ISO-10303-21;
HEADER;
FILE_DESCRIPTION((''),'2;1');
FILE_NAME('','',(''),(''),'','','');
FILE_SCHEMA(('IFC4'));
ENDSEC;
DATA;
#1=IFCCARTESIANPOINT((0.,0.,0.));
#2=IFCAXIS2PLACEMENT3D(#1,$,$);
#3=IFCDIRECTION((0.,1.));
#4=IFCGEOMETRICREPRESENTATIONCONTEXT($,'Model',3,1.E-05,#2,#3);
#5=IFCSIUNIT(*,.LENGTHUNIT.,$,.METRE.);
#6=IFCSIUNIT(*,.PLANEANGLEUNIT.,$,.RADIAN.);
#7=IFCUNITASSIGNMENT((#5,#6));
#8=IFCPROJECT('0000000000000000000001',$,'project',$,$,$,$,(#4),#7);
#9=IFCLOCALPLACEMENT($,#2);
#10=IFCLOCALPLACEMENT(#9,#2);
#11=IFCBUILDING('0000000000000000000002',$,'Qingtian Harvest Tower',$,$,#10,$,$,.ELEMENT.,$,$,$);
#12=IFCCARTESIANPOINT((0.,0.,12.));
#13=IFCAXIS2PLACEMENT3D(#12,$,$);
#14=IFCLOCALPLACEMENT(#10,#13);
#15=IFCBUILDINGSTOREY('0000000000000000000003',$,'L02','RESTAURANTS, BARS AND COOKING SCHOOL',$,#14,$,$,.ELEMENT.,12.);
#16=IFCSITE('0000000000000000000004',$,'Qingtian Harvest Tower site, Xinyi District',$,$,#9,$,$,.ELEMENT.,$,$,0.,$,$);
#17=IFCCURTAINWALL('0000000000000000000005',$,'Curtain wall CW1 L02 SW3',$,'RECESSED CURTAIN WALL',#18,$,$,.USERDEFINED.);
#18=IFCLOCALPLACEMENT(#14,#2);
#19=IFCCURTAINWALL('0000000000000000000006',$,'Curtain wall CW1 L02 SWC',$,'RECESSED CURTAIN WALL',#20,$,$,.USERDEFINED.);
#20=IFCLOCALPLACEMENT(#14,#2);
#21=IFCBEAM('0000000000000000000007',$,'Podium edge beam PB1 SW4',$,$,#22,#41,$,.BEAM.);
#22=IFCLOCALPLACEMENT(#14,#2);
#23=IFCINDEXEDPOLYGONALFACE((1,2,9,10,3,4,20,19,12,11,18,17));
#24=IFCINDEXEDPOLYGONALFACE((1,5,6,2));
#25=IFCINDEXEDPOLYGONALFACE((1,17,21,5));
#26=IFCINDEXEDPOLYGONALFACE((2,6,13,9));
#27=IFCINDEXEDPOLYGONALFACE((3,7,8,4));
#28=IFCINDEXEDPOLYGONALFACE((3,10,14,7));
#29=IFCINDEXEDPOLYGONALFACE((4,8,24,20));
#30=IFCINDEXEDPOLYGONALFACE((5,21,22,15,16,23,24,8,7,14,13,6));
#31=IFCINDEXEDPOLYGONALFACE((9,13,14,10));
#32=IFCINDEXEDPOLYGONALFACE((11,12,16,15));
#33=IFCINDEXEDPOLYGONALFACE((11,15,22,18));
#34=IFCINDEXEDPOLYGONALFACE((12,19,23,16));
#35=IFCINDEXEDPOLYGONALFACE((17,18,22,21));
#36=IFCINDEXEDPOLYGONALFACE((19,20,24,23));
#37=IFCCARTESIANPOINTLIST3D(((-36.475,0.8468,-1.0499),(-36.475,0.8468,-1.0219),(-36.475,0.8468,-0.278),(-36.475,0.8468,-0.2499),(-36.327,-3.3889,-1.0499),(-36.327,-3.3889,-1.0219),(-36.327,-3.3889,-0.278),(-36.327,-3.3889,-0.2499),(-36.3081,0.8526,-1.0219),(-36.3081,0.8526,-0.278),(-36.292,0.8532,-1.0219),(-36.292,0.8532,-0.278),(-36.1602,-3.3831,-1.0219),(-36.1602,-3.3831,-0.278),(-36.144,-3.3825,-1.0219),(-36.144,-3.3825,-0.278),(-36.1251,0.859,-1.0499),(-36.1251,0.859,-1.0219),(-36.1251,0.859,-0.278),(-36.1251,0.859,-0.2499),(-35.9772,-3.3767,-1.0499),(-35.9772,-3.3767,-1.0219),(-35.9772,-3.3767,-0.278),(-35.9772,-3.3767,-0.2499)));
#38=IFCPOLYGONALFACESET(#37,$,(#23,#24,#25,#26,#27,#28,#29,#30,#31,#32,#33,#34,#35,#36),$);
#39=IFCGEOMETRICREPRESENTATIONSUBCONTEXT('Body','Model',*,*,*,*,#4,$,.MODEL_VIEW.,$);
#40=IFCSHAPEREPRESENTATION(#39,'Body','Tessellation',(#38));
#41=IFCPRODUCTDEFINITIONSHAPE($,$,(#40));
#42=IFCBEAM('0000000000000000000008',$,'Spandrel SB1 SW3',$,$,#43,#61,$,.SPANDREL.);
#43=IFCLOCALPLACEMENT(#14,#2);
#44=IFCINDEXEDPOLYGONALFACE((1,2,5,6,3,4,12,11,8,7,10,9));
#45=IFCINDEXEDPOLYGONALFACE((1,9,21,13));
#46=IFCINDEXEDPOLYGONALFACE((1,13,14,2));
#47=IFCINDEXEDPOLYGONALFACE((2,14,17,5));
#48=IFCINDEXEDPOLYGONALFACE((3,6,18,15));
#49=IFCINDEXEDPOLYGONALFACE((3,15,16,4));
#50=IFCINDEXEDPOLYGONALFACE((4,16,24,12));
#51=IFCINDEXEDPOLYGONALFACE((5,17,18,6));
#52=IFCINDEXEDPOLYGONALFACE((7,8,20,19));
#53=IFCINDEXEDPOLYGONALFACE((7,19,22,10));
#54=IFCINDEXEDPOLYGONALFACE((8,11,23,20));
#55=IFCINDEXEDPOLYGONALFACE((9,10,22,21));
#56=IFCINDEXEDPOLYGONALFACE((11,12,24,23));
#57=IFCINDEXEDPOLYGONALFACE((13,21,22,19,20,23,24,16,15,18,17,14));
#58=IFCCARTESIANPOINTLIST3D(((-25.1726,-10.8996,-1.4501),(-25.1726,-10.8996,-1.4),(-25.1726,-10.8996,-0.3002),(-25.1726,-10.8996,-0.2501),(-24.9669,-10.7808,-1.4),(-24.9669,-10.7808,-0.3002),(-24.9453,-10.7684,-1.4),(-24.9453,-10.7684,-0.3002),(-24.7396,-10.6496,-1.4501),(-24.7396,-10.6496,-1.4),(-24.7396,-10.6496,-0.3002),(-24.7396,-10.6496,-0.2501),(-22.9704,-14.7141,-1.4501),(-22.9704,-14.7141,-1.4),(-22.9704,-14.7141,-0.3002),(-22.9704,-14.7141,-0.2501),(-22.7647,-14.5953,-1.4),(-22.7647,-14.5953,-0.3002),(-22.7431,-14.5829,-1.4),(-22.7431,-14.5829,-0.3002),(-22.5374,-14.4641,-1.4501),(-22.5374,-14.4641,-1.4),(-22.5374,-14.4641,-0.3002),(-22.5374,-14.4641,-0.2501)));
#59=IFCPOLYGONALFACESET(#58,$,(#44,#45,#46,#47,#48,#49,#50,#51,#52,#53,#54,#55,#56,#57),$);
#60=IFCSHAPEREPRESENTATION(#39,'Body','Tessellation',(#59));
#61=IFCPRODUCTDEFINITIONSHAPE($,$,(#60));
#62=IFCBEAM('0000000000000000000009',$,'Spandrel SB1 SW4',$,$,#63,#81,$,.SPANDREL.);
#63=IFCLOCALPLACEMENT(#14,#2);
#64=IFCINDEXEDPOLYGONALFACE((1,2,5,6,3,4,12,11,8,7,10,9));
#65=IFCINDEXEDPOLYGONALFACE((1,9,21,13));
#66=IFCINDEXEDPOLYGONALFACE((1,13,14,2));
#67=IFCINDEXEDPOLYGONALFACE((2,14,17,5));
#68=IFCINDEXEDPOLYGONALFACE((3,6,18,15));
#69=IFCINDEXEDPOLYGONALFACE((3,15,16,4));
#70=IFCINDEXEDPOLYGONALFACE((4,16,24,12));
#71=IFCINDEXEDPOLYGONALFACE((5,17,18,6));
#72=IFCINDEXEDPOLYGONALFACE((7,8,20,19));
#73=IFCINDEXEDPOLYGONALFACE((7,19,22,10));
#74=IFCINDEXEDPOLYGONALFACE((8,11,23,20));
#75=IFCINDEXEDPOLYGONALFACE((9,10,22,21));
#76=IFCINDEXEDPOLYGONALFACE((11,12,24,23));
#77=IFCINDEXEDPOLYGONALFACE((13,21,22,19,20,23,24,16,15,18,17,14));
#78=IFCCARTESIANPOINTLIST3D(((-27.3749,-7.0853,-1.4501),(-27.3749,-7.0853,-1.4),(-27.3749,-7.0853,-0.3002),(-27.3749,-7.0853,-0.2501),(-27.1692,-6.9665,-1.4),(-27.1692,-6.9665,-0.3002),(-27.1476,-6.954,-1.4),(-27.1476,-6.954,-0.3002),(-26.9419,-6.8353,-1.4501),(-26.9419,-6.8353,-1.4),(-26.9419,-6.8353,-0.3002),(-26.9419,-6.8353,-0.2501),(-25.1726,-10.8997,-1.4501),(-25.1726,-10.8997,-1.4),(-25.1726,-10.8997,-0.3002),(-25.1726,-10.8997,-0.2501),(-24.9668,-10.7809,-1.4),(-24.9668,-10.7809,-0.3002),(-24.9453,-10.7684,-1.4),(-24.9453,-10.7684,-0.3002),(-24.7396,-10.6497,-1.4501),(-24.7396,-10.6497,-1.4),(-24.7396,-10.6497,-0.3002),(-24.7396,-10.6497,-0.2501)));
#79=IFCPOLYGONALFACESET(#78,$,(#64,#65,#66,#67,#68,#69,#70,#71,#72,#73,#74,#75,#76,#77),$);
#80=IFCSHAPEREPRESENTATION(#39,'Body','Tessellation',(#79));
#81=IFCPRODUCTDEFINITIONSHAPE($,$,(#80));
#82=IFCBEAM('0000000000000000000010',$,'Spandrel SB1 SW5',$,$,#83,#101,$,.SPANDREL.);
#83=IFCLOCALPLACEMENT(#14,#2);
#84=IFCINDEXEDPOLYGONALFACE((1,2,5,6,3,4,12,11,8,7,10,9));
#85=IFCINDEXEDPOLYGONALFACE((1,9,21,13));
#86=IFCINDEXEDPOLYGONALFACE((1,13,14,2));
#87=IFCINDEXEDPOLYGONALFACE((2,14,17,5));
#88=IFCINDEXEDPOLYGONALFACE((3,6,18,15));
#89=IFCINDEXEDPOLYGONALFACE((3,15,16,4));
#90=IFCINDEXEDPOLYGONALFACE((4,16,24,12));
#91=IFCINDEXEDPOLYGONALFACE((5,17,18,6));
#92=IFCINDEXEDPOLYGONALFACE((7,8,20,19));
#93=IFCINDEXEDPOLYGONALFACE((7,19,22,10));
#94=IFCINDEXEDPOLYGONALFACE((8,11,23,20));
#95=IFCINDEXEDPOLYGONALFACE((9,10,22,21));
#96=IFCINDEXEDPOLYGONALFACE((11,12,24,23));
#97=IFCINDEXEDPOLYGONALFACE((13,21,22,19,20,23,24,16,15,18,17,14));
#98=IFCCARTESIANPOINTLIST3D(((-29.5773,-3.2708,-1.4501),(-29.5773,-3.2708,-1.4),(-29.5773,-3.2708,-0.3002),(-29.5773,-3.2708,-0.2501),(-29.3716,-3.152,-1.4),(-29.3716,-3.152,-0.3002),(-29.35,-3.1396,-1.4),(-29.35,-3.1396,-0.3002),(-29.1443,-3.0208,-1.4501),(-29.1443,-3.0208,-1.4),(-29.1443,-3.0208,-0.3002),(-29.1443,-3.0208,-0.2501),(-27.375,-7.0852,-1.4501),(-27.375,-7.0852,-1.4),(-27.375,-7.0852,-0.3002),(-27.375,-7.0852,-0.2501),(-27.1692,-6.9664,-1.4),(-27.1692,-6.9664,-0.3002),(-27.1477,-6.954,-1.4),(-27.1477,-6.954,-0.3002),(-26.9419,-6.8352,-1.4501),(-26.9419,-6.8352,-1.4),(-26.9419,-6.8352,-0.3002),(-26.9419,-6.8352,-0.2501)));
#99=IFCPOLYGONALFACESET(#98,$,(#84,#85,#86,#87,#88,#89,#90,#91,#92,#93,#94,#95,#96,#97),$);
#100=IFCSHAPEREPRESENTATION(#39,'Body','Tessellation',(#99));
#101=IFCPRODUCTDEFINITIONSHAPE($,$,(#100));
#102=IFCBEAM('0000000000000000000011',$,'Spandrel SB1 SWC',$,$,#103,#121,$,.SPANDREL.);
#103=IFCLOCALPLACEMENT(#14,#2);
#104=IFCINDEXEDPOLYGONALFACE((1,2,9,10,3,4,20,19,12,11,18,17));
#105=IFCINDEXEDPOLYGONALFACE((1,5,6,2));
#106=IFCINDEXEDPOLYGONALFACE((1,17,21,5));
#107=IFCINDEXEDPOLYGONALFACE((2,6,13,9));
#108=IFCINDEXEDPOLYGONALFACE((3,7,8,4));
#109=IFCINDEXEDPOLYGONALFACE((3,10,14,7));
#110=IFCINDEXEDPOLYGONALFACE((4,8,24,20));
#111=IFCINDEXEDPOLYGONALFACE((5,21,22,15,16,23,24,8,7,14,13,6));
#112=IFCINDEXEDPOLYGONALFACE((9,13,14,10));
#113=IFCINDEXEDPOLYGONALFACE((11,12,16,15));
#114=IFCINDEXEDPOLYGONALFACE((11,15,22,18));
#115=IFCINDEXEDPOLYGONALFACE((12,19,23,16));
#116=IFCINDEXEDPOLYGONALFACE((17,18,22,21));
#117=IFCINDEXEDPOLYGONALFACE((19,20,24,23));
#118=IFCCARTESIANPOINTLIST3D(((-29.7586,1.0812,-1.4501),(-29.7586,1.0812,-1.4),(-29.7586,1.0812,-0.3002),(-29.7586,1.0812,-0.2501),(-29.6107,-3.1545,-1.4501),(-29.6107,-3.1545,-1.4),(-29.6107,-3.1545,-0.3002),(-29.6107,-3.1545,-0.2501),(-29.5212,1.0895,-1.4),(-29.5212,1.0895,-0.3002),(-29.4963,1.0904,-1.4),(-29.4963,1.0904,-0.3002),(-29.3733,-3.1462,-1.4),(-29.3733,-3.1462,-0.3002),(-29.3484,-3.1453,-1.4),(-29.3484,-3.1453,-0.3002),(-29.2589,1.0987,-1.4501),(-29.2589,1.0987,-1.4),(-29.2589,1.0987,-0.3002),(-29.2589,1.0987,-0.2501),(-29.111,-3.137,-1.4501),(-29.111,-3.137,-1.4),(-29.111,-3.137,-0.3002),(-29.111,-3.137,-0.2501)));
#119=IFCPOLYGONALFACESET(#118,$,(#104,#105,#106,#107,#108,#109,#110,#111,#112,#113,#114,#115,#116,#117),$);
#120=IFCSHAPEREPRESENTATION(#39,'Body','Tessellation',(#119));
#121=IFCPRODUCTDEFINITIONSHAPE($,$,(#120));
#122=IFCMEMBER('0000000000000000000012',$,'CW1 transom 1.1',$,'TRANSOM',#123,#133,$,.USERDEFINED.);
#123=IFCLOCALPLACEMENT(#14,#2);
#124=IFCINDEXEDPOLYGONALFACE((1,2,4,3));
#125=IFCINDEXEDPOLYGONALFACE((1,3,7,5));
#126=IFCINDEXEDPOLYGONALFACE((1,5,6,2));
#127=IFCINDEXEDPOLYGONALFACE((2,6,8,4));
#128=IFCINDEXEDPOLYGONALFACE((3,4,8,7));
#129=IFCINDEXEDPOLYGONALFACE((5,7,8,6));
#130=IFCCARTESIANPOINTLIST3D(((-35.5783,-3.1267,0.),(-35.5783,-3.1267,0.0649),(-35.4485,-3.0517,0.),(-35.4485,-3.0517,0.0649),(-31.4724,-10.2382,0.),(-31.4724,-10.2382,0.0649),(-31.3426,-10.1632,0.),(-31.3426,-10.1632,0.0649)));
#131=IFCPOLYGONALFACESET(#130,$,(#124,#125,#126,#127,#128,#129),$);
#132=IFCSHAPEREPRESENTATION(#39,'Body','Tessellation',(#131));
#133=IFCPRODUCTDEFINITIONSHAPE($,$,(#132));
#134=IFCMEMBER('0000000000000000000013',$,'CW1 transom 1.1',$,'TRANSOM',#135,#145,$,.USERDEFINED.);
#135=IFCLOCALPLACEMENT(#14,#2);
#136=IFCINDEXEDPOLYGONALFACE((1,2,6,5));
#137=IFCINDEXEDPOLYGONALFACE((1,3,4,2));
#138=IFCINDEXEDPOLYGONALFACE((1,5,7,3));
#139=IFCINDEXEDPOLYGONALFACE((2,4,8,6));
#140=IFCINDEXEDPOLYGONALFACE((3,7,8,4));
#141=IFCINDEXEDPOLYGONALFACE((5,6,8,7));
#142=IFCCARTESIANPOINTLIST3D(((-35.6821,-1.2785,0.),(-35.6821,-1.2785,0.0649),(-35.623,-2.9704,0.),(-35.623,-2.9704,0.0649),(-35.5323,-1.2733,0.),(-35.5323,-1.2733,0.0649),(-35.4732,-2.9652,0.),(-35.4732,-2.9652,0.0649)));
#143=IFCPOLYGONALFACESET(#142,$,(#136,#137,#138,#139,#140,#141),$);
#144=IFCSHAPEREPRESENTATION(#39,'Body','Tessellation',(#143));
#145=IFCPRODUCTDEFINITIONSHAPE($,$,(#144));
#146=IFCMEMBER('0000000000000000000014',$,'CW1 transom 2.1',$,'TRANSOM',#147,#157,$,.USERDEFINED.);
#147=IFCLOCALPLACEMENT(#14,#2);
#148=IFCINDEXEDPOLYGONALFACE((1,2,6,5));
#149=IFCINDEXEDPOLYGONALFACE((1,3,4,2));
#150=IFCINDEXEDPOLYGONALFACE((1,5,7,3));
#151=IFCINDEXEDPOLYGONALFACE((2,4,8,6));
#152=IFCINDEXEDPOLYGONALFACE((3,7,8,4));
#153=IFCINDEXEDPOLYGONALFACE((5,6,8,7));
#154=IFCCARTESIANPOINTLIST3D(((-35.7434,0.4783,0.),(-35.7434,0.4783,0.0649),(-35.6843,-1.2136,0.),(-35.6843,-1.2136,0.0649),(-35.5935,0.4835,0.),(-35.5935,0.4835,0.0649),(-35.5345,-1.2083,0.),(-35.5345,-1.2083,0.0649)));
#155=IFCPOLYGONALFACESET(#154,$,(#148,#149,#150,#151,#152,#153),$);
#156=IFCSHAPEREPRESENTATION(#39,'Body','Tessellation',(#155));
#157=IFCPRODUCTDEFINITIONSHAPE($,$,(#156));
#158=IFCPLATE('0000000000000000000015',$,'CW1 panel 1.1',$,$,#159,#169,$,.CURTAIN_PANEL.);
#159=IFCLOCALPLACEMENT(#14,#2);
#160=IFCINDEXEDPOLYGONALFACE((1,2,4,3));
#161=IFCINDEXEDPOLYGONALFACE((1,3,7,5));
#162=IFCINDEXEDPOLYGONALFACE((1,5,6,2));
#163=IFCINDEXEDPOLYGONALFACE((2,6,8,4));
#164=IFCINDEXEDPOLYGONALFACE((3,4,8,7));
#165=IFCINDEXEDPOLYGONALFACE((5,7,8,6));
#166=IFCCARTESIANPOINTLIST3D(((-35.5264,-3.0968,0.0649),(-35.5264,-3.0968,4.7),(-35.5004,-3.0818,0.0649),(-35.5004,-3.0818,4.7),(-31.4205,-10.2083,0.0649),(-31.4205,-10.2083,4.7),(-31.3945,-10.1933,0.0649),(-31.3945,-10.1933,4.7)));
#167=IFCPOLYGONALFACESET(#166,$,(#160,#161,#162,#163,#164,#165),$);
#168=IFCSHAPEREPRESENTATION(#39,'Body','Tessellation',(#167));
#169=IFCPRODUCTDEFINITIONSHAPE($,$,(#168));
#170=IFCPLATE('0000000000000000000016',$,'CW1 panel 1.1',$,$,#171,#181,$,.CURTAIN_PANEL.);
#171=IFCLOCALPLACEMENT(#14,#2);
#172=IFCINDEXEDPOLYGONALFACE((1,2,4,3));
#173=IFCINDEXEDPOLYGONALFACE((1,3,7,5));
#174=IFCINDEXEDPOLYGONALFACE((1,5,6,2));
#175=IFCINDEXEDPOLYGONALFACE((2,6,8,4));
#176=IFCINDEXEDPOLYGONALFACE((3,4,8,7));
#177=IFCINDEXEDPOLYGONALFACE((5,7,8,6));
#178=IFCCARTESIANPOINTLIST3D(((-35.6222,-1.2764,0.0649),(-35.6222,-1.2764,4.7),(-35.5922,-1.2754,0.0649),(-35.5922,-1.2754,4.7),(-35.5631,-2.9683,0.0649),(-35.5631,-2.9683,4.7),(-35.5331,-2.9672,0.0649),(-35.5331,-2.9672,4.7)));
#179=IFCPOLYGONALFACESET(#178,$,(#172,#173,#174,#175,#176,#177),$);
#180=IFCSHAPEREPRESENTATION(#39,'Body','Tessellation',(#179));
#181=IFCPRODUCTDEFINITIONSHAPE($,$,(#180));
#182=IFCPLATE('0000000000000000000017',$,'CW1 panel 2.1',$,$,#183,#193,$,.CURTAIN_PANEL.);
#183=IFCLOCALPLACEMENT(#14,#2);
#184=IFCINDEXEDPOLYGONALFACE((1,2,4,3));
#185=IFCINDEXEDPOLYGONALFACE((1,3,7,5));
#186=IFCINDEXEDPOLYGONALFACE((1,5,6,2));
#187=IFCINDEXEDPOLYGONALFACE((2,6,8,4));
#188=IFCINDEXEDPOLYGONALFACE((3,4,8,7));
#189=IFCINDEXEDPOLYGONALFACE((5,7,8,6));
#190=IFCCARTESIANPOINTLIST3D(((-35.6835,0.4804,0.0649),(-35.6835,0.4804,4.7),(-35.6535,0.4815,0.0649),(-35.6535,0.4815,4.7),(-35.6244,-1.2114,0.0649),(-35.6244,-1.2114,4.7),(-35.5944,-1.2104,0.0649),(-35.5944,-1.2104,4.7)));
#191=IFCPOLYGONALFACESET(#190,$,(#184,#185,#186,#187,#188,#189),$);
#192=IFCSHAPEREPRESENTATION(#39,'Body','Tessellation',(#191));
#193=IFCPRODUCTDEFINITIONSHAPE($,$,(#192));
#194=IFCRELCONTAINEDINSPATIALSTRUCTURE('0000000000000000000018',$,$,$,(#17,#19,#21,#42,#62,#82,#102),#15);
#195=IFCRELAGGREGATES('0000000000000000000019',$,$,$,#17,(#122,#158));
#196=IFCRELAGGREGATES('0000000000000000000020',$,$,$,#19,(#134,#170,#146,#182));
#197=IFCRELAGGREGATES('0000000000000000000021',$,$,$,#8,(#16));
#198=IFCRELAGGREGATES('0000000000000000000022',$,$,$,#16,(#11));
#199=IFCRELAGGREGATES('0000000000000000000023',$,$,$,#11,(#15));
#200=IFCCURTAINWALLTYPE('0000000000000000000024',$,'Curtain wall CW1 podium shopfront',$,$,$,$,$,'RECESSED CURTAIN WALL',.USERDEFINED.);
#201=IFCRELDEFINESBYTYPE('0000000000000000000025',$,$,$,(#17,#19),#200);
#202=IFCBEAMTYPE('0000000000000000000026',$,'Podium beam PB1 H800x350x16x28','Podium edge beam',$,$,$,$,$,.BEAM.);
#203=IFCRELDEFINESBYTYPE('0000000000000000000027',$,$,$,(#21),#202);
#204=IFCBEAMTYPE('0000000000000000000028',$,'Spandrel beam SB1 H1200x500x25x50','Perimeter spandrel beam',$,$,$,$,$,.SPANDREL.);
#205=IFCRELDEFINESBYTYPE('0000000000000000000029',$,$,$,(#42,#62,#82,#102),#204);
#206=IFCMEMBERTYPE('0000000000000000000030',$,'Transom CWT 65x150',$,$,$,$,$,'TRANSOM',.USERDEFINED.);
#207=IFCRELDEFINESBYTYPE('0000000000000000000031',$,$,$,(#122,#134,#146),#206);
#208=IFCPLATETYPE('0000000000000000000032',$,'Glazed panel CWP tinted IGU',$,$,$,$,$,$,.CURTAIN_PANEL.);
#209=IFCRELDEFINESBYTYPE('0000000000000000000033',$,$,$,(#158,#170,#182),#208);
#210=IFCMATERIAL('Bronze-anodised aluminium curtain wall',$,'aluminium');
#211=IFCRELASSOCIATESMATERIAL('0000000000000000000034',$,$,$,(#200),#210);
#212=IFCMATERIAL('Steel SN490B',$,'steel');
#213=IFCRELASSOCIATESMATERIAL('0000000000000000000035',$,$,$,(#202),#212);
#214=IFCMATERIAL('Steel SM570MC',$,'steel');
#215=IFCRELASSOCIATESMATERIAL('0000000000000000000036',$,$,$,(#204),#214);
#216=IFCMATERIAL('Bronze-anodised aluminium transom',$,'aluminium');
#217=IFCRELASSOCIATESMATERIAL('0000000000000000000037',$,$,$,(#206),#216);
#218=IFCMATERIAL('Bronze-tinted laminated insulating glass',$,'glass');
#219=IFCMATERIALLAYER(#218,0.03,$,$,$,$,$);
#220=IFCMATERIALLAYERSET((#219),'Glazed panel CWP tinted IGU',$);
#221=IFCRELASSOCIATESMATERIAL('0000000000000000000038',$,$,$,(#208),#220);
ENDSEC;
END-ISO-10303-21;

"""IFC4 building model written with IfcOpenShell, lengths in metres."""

from ifc_helpers import new_model, si_unit, direction, frame, origin, origin_2d, place, context, subcontext, project, spatial, rectangle, i_section, extrude, material, layer, layer_set, material_profile, profile_set, type_object, element, aggregate, save


model = new_model("IFC4")

# Units and contexts
model_context = context("Model", 3, precision=1e-05, world=origin(), true_north=direction((0.0, 1.0)))
body_context = subcontext(model_context, "Body", "Model", "MODEL_VIEW")
ifc_project = project(units=[si_unit("LENGTHUNIT", "METRE"), si_unit("PLANEANGLEUNIT", "RADIAN")], contexts=[model_context])

# Site, building, storey
site_placement = place(None, origin())
site = spatial("IfcSite", under=ifc_project, at=site_placement, Name="Qingtian Harvest Tower site, Xinyi District", CompositionType="ELEMENT", RefElevation=0.0)
building_placement = place(site_placement, origin())
building = spatial("IfcBuilding", under=site, at=building_placement, Name="Qingtian Harvest Tower", CompositionType="ELEMENT")
storey_placement = place(building_placement, frame((0.0, 0.0, 12.0)))
storey = spatial("IfcBuildingStorey", under=building, at=storey_placement, Name="L02", Description="RESTAURANTS, BARS AND COOKING SCHOOL", CompositionType="ELEMENT", Elevation=12.0)

# Curtain walls
ifc_material_1 = material(Name="Bronze-anodised aluminium curtain wall", Category="aluminium")
curtain_wall_type = type_object("IfcCurtainWallType", Name="Curtain wall CW1 podium shopfront", ElementType="RECESSED CURTAIN WALL", PredefinedType="USERDEFINED", material=ifc_material_1)
curtain_wall_1_placement = place(storey_placement, origin())
curtain_wall_1 = element("IfcCurtainWall", 1, at=curtain_wall_1_placement, inside=storey, type_object=curtain_wall_type, Name="Curtain wall CW1 L02 SW3", ObjectType="RECESSED CURTAIN WALL", PredefinedType="USERDEFINED")
curtain_wall_2_placement = place(storey_placement, origin())
curtain_wall_2 = element("IfcCurtainWall", 2, at=curtain_wall_2_placement, inside=storey, type_object=curtain_wall_type, Name="Curtain wall CW1 L02 SWC", ObjectType="RECESSED CURTAIN WALL", PredefinedType="USERDEFINED")

# Beams
ifc_material_2 = material(Name="Steel SN490B", Category="steel")
ifc_material_profile_1 = material_profile(ifc_material_2, i_section(OverallWidth=0.3501, OverallDepth=0.8, WebThickness=0.0161, FlangeThickness=0.0281, at=origin_2d()), Name="H800x350x16x28")
ifc_profile_set_1 = profile_set([ifc_material_profile_1], Name="Steel SN490B")
beam_type_1 = type_object("IfcBeamType", Name="Podium beam PB1 H800x350x16x28", Description="Podium edge beam", PredefinedType="BEAM", material=ifc_profile_set_1)
beam_1_placement = place(storey_placement, frame((-36.1521, -3.3828, -0.6499), z_axis=(-0.034909, 0.999391, 0.0), x_axis=(-0.999391, -0.034909, 0.0)))
element("IfcBeam", 3, at=beam_1_placement, inside=storey, type_object=beam_type_1, Name="Podium edge beam PB1 SW4", PredefinedType="BEAM", context=body_context, shape_type="SweptSolid", body=[
    extrude(i_section(OverallWidth=0.3501, OverallDepth=0.8, WebThickness=0.0161, FlangeThickness=0.0281, at=origin_2d()), origin(), (0.0, 0.0, 1.0), 4.2383),
])
ifc_material_3 = material(Name="Steel SM570MC", Category="steel")
ifc_material_profile_2 = material_profile(ifc_material_3, i_section(OverallWidth=0.5, OverallDepth=1.2, WebThickness=0.0249, FlangeThickness=0.05, at=origin_2d()), Name="H1200x500x25x50")
ifc_profile_set_2 = profile_set([ifc_material_profile_2], Name="Steel SM570MC")
beam_type_2 = type_object("IfcBeamType", Name="Spandrel beam SB1 H1200x500x25x50", Description="Perimeter spandrel beam", PredefinedType="SPANDREL", material=ifc_profile_set_2)
for number, where, z_axis, x_axis, name in (
    (4, (-22.7539, -14.5891, -0.8501), (-0.499978, 0.866038, 0.0), (-0.866038, -0.499978, 0.0), "Spandrel SB1 SW3"),
    (5, (-24.9561, -10.7747, -0.8501), (-0.50002, 0.866014, 0.0), (-0.866014, -0.50002, 0.0), "Spandrel SB1 SW4"),
    (6, (-27.1584, -6.9602, -0.8501), (-0.50002, 0.866014, 0.0), (-0.866014, -0.50002, 0.0), "Spandrel SB1 SW5"),
):
    element("IfcBeam", number, at=place(storey_placement, frame(where, z_axis=z_axis, x_axis=x_axis)), inside=storey, type_object=beam_type_2, Name=name, PredefinedType="SPANDREL", context=body_context, shape_type="SweptSolid", body=[
        extrude(i_section(OverallWidth=0.5, OverallDepth=1.2, WebThickness=0.0249, FlangeThickness=0.05, at=origin_2d()), origin(), (0.0, 0.0, 1.0), 4.4045),
    ])
beam_2_placement = place(storey_placement, frame((-29.3608, -3.1458, -0.8501), z_axis=(-0.034909, 0.999391, 0.0), x_axis=(-0.999391, -0.034909, 0.0)))
element("IfcBeam", 7, at=beam_2_placement, inside=storey, type_object=beam_type_2, Name="Spandrel SB1 SWC", PredefinedType="SPANDREL", context=body_context, shape_type="SweptSolid", body=[
    extrude(i_section(OverallWidth=0.5, OverallDepth=1.2, WebThickness=0.0249, FlangeThickness=0.05, at=origin_2d()), origin(), (0.0, 0.0, 1.0), 4.2383),
])

# Members
ifc_material_4 = material(Name="Bronze-anodised aluminium transom", Category="aluminium")
ifc_material_profile_3 = material_profile(ifc_material_4, rectangle(XDim=0.1499, YDim=0.0649, at=origin_2d()), Name="AL 65x150")
ifc_profile_set_3 = profile_set([ifc_material_profile_3], Name="Bronze-anodised aluminium transom")
member_type_1 = type_object("IfcMemberType", Name="Transom CWT 65x150", ElementType="TRANSOM", PredefinedType="USERDEFINED", material=ifc_profile_set_3)
member_1_placement = place(storey_placement, frame((-31.4075, -10.2007, 0.0325), z_axis=(-0.500008, 0.866021, 0.0), x_axis=(-0.866021, -0.500008, 0.0)))
member_1 = element("IfcMember", 8, at=member_1_placement, type_object=member_type_1, Name="CW1 transom 1.1", ObjectType="TRANSOM", PredefinedType="USERDEFINED", context=body_context, shape_type="SweptSolid", body=[
    extrude(rectangle(XDim=0.1499, YDim=0.0649, at=origin_2d()), origin(), (0.0, 0.0, 1.0), 8.2117),
])
member_2_placement = place(storey_placement, frame((-35.5481, -2.9678, 0.0325), z_axis=(-0.034899, 0.999391, 0.0), x_axis=(-0.999391, -0.034899, 0.0)))
member_2 = element("IfcMember", 9, at=member_2_placement, type_object=member_type_1, Name="CW1 transom 1.1", ObjectType="TRANSOM", PredefinedType="USERDEFINED", context=body_context, shape_type="SweptSolid", body=[
    extrude(rectangle(XDim=0.1499, YDim=0.0649, at=origin_2d()), origin(), (0.0, 0.0, 1.0), 1.6929),
])
member_3_placement = place(storey_placement, frame((-35.6094, -1.2109, 0.0325), z_axis=(-0.034899, 0.999391, 0.0), x_axis=(-0.999391, -0.034899, 0.0)))
member_3 = element("IfcMember", 10, at=member_3_placement, type_object=member_type_1, Name="CW1 transom 2.1", ObjectType="TRANSOM", PredefinedType="USERDEFINED", context=body_context, shape_type="SweptSolid", body=[
    extrude(rectangle(XDim=0.1499, YDim=0.0649, at=origin_2d()), origin(), (0.0, 0.0, 1.0), 1.6929),
])

# Plates
ifc_material_5 = material(Name="Bronze-tinted laminated insulating glass", Category="glass")
ifc_layer_1 = layer(ifc_material_5, 0.03)
ifc_layer_set_1 = layer_set([ifc_layer_1], Name="Glazed panel CWP tinted IGU")
plate_type = type_object("IfcPlateType", Name="Glazed panel CWP tinted IGU", PredefinedType="CURTAIN_PANEL", material=ifc_layer_set_1)
plate_1_placement = place(storey_placement, frame((-33.4604, -6.645, 0.0649), z_axis=(0.0, 0.0, 1.0), x_axis=(-0.5, 0.866025, 0.0)))
plate_1 = element("IfcPlate", 11, at=plate_1_placement, type_object=plate_type, Name="CW1 panel 1.1", PredefinedType="CURTAIN_PANEL", context=body_context, shape_type="SweptSolid", body=[
    extrude(rectangle(XDim=8.2117, YDim=0.03, at=origin_2d()), origin(), (0.0, 0.0, 1.0), 4.635),
])
aggregate(curtain_wall_1, [member_1, plate_1])
plate_2_placement = place(storey_placement, frame((-35.5776, -2.1218, 0.0649), z_axis=(0.0, 0.0, 1.0), x_axis=(-0.034899, 0.999391, 0.0)))
plate_2 = element("IfcPlate", 12, at=plate_2_placement, type_object=plate_type, Name="CW1 panel 1.1", PredefinedType="CURTAIN_PANEL", context=body_context, shape_type="SweptSolid", body=[
    extrude(rectangle(XDim=1.6929, YDim=0.03, at=origin_2d()), origin(), (0.0, 0.0, 1.0), 4.635),
])
plate_3_placement = place(storey_placement, frame((-35.6389, -0.365, 0.0649), z_axis=(0.0, 0.0, 1.0), x_axis=(-0.034899, 0.999391, 0.0)))
plate_3 = element("IfcPlate", 13, at=plate_3_placement, type_object=plate_type, Name="CW1 panel 2.1", PredefinedType="CURTAIN_PANEL", context=body_context, shape_type="SweptSolid", body=[
    extrude(rectangle(XDim=1.6929, YDim=0.03, at=origin_2d()), origin(), (0.0, 0.0, 1.0), 4.635),
])
aggregate(curtain_wall_2, [member_2, plate_2, member_3, plate_3])

save(model, "model.ifc")
